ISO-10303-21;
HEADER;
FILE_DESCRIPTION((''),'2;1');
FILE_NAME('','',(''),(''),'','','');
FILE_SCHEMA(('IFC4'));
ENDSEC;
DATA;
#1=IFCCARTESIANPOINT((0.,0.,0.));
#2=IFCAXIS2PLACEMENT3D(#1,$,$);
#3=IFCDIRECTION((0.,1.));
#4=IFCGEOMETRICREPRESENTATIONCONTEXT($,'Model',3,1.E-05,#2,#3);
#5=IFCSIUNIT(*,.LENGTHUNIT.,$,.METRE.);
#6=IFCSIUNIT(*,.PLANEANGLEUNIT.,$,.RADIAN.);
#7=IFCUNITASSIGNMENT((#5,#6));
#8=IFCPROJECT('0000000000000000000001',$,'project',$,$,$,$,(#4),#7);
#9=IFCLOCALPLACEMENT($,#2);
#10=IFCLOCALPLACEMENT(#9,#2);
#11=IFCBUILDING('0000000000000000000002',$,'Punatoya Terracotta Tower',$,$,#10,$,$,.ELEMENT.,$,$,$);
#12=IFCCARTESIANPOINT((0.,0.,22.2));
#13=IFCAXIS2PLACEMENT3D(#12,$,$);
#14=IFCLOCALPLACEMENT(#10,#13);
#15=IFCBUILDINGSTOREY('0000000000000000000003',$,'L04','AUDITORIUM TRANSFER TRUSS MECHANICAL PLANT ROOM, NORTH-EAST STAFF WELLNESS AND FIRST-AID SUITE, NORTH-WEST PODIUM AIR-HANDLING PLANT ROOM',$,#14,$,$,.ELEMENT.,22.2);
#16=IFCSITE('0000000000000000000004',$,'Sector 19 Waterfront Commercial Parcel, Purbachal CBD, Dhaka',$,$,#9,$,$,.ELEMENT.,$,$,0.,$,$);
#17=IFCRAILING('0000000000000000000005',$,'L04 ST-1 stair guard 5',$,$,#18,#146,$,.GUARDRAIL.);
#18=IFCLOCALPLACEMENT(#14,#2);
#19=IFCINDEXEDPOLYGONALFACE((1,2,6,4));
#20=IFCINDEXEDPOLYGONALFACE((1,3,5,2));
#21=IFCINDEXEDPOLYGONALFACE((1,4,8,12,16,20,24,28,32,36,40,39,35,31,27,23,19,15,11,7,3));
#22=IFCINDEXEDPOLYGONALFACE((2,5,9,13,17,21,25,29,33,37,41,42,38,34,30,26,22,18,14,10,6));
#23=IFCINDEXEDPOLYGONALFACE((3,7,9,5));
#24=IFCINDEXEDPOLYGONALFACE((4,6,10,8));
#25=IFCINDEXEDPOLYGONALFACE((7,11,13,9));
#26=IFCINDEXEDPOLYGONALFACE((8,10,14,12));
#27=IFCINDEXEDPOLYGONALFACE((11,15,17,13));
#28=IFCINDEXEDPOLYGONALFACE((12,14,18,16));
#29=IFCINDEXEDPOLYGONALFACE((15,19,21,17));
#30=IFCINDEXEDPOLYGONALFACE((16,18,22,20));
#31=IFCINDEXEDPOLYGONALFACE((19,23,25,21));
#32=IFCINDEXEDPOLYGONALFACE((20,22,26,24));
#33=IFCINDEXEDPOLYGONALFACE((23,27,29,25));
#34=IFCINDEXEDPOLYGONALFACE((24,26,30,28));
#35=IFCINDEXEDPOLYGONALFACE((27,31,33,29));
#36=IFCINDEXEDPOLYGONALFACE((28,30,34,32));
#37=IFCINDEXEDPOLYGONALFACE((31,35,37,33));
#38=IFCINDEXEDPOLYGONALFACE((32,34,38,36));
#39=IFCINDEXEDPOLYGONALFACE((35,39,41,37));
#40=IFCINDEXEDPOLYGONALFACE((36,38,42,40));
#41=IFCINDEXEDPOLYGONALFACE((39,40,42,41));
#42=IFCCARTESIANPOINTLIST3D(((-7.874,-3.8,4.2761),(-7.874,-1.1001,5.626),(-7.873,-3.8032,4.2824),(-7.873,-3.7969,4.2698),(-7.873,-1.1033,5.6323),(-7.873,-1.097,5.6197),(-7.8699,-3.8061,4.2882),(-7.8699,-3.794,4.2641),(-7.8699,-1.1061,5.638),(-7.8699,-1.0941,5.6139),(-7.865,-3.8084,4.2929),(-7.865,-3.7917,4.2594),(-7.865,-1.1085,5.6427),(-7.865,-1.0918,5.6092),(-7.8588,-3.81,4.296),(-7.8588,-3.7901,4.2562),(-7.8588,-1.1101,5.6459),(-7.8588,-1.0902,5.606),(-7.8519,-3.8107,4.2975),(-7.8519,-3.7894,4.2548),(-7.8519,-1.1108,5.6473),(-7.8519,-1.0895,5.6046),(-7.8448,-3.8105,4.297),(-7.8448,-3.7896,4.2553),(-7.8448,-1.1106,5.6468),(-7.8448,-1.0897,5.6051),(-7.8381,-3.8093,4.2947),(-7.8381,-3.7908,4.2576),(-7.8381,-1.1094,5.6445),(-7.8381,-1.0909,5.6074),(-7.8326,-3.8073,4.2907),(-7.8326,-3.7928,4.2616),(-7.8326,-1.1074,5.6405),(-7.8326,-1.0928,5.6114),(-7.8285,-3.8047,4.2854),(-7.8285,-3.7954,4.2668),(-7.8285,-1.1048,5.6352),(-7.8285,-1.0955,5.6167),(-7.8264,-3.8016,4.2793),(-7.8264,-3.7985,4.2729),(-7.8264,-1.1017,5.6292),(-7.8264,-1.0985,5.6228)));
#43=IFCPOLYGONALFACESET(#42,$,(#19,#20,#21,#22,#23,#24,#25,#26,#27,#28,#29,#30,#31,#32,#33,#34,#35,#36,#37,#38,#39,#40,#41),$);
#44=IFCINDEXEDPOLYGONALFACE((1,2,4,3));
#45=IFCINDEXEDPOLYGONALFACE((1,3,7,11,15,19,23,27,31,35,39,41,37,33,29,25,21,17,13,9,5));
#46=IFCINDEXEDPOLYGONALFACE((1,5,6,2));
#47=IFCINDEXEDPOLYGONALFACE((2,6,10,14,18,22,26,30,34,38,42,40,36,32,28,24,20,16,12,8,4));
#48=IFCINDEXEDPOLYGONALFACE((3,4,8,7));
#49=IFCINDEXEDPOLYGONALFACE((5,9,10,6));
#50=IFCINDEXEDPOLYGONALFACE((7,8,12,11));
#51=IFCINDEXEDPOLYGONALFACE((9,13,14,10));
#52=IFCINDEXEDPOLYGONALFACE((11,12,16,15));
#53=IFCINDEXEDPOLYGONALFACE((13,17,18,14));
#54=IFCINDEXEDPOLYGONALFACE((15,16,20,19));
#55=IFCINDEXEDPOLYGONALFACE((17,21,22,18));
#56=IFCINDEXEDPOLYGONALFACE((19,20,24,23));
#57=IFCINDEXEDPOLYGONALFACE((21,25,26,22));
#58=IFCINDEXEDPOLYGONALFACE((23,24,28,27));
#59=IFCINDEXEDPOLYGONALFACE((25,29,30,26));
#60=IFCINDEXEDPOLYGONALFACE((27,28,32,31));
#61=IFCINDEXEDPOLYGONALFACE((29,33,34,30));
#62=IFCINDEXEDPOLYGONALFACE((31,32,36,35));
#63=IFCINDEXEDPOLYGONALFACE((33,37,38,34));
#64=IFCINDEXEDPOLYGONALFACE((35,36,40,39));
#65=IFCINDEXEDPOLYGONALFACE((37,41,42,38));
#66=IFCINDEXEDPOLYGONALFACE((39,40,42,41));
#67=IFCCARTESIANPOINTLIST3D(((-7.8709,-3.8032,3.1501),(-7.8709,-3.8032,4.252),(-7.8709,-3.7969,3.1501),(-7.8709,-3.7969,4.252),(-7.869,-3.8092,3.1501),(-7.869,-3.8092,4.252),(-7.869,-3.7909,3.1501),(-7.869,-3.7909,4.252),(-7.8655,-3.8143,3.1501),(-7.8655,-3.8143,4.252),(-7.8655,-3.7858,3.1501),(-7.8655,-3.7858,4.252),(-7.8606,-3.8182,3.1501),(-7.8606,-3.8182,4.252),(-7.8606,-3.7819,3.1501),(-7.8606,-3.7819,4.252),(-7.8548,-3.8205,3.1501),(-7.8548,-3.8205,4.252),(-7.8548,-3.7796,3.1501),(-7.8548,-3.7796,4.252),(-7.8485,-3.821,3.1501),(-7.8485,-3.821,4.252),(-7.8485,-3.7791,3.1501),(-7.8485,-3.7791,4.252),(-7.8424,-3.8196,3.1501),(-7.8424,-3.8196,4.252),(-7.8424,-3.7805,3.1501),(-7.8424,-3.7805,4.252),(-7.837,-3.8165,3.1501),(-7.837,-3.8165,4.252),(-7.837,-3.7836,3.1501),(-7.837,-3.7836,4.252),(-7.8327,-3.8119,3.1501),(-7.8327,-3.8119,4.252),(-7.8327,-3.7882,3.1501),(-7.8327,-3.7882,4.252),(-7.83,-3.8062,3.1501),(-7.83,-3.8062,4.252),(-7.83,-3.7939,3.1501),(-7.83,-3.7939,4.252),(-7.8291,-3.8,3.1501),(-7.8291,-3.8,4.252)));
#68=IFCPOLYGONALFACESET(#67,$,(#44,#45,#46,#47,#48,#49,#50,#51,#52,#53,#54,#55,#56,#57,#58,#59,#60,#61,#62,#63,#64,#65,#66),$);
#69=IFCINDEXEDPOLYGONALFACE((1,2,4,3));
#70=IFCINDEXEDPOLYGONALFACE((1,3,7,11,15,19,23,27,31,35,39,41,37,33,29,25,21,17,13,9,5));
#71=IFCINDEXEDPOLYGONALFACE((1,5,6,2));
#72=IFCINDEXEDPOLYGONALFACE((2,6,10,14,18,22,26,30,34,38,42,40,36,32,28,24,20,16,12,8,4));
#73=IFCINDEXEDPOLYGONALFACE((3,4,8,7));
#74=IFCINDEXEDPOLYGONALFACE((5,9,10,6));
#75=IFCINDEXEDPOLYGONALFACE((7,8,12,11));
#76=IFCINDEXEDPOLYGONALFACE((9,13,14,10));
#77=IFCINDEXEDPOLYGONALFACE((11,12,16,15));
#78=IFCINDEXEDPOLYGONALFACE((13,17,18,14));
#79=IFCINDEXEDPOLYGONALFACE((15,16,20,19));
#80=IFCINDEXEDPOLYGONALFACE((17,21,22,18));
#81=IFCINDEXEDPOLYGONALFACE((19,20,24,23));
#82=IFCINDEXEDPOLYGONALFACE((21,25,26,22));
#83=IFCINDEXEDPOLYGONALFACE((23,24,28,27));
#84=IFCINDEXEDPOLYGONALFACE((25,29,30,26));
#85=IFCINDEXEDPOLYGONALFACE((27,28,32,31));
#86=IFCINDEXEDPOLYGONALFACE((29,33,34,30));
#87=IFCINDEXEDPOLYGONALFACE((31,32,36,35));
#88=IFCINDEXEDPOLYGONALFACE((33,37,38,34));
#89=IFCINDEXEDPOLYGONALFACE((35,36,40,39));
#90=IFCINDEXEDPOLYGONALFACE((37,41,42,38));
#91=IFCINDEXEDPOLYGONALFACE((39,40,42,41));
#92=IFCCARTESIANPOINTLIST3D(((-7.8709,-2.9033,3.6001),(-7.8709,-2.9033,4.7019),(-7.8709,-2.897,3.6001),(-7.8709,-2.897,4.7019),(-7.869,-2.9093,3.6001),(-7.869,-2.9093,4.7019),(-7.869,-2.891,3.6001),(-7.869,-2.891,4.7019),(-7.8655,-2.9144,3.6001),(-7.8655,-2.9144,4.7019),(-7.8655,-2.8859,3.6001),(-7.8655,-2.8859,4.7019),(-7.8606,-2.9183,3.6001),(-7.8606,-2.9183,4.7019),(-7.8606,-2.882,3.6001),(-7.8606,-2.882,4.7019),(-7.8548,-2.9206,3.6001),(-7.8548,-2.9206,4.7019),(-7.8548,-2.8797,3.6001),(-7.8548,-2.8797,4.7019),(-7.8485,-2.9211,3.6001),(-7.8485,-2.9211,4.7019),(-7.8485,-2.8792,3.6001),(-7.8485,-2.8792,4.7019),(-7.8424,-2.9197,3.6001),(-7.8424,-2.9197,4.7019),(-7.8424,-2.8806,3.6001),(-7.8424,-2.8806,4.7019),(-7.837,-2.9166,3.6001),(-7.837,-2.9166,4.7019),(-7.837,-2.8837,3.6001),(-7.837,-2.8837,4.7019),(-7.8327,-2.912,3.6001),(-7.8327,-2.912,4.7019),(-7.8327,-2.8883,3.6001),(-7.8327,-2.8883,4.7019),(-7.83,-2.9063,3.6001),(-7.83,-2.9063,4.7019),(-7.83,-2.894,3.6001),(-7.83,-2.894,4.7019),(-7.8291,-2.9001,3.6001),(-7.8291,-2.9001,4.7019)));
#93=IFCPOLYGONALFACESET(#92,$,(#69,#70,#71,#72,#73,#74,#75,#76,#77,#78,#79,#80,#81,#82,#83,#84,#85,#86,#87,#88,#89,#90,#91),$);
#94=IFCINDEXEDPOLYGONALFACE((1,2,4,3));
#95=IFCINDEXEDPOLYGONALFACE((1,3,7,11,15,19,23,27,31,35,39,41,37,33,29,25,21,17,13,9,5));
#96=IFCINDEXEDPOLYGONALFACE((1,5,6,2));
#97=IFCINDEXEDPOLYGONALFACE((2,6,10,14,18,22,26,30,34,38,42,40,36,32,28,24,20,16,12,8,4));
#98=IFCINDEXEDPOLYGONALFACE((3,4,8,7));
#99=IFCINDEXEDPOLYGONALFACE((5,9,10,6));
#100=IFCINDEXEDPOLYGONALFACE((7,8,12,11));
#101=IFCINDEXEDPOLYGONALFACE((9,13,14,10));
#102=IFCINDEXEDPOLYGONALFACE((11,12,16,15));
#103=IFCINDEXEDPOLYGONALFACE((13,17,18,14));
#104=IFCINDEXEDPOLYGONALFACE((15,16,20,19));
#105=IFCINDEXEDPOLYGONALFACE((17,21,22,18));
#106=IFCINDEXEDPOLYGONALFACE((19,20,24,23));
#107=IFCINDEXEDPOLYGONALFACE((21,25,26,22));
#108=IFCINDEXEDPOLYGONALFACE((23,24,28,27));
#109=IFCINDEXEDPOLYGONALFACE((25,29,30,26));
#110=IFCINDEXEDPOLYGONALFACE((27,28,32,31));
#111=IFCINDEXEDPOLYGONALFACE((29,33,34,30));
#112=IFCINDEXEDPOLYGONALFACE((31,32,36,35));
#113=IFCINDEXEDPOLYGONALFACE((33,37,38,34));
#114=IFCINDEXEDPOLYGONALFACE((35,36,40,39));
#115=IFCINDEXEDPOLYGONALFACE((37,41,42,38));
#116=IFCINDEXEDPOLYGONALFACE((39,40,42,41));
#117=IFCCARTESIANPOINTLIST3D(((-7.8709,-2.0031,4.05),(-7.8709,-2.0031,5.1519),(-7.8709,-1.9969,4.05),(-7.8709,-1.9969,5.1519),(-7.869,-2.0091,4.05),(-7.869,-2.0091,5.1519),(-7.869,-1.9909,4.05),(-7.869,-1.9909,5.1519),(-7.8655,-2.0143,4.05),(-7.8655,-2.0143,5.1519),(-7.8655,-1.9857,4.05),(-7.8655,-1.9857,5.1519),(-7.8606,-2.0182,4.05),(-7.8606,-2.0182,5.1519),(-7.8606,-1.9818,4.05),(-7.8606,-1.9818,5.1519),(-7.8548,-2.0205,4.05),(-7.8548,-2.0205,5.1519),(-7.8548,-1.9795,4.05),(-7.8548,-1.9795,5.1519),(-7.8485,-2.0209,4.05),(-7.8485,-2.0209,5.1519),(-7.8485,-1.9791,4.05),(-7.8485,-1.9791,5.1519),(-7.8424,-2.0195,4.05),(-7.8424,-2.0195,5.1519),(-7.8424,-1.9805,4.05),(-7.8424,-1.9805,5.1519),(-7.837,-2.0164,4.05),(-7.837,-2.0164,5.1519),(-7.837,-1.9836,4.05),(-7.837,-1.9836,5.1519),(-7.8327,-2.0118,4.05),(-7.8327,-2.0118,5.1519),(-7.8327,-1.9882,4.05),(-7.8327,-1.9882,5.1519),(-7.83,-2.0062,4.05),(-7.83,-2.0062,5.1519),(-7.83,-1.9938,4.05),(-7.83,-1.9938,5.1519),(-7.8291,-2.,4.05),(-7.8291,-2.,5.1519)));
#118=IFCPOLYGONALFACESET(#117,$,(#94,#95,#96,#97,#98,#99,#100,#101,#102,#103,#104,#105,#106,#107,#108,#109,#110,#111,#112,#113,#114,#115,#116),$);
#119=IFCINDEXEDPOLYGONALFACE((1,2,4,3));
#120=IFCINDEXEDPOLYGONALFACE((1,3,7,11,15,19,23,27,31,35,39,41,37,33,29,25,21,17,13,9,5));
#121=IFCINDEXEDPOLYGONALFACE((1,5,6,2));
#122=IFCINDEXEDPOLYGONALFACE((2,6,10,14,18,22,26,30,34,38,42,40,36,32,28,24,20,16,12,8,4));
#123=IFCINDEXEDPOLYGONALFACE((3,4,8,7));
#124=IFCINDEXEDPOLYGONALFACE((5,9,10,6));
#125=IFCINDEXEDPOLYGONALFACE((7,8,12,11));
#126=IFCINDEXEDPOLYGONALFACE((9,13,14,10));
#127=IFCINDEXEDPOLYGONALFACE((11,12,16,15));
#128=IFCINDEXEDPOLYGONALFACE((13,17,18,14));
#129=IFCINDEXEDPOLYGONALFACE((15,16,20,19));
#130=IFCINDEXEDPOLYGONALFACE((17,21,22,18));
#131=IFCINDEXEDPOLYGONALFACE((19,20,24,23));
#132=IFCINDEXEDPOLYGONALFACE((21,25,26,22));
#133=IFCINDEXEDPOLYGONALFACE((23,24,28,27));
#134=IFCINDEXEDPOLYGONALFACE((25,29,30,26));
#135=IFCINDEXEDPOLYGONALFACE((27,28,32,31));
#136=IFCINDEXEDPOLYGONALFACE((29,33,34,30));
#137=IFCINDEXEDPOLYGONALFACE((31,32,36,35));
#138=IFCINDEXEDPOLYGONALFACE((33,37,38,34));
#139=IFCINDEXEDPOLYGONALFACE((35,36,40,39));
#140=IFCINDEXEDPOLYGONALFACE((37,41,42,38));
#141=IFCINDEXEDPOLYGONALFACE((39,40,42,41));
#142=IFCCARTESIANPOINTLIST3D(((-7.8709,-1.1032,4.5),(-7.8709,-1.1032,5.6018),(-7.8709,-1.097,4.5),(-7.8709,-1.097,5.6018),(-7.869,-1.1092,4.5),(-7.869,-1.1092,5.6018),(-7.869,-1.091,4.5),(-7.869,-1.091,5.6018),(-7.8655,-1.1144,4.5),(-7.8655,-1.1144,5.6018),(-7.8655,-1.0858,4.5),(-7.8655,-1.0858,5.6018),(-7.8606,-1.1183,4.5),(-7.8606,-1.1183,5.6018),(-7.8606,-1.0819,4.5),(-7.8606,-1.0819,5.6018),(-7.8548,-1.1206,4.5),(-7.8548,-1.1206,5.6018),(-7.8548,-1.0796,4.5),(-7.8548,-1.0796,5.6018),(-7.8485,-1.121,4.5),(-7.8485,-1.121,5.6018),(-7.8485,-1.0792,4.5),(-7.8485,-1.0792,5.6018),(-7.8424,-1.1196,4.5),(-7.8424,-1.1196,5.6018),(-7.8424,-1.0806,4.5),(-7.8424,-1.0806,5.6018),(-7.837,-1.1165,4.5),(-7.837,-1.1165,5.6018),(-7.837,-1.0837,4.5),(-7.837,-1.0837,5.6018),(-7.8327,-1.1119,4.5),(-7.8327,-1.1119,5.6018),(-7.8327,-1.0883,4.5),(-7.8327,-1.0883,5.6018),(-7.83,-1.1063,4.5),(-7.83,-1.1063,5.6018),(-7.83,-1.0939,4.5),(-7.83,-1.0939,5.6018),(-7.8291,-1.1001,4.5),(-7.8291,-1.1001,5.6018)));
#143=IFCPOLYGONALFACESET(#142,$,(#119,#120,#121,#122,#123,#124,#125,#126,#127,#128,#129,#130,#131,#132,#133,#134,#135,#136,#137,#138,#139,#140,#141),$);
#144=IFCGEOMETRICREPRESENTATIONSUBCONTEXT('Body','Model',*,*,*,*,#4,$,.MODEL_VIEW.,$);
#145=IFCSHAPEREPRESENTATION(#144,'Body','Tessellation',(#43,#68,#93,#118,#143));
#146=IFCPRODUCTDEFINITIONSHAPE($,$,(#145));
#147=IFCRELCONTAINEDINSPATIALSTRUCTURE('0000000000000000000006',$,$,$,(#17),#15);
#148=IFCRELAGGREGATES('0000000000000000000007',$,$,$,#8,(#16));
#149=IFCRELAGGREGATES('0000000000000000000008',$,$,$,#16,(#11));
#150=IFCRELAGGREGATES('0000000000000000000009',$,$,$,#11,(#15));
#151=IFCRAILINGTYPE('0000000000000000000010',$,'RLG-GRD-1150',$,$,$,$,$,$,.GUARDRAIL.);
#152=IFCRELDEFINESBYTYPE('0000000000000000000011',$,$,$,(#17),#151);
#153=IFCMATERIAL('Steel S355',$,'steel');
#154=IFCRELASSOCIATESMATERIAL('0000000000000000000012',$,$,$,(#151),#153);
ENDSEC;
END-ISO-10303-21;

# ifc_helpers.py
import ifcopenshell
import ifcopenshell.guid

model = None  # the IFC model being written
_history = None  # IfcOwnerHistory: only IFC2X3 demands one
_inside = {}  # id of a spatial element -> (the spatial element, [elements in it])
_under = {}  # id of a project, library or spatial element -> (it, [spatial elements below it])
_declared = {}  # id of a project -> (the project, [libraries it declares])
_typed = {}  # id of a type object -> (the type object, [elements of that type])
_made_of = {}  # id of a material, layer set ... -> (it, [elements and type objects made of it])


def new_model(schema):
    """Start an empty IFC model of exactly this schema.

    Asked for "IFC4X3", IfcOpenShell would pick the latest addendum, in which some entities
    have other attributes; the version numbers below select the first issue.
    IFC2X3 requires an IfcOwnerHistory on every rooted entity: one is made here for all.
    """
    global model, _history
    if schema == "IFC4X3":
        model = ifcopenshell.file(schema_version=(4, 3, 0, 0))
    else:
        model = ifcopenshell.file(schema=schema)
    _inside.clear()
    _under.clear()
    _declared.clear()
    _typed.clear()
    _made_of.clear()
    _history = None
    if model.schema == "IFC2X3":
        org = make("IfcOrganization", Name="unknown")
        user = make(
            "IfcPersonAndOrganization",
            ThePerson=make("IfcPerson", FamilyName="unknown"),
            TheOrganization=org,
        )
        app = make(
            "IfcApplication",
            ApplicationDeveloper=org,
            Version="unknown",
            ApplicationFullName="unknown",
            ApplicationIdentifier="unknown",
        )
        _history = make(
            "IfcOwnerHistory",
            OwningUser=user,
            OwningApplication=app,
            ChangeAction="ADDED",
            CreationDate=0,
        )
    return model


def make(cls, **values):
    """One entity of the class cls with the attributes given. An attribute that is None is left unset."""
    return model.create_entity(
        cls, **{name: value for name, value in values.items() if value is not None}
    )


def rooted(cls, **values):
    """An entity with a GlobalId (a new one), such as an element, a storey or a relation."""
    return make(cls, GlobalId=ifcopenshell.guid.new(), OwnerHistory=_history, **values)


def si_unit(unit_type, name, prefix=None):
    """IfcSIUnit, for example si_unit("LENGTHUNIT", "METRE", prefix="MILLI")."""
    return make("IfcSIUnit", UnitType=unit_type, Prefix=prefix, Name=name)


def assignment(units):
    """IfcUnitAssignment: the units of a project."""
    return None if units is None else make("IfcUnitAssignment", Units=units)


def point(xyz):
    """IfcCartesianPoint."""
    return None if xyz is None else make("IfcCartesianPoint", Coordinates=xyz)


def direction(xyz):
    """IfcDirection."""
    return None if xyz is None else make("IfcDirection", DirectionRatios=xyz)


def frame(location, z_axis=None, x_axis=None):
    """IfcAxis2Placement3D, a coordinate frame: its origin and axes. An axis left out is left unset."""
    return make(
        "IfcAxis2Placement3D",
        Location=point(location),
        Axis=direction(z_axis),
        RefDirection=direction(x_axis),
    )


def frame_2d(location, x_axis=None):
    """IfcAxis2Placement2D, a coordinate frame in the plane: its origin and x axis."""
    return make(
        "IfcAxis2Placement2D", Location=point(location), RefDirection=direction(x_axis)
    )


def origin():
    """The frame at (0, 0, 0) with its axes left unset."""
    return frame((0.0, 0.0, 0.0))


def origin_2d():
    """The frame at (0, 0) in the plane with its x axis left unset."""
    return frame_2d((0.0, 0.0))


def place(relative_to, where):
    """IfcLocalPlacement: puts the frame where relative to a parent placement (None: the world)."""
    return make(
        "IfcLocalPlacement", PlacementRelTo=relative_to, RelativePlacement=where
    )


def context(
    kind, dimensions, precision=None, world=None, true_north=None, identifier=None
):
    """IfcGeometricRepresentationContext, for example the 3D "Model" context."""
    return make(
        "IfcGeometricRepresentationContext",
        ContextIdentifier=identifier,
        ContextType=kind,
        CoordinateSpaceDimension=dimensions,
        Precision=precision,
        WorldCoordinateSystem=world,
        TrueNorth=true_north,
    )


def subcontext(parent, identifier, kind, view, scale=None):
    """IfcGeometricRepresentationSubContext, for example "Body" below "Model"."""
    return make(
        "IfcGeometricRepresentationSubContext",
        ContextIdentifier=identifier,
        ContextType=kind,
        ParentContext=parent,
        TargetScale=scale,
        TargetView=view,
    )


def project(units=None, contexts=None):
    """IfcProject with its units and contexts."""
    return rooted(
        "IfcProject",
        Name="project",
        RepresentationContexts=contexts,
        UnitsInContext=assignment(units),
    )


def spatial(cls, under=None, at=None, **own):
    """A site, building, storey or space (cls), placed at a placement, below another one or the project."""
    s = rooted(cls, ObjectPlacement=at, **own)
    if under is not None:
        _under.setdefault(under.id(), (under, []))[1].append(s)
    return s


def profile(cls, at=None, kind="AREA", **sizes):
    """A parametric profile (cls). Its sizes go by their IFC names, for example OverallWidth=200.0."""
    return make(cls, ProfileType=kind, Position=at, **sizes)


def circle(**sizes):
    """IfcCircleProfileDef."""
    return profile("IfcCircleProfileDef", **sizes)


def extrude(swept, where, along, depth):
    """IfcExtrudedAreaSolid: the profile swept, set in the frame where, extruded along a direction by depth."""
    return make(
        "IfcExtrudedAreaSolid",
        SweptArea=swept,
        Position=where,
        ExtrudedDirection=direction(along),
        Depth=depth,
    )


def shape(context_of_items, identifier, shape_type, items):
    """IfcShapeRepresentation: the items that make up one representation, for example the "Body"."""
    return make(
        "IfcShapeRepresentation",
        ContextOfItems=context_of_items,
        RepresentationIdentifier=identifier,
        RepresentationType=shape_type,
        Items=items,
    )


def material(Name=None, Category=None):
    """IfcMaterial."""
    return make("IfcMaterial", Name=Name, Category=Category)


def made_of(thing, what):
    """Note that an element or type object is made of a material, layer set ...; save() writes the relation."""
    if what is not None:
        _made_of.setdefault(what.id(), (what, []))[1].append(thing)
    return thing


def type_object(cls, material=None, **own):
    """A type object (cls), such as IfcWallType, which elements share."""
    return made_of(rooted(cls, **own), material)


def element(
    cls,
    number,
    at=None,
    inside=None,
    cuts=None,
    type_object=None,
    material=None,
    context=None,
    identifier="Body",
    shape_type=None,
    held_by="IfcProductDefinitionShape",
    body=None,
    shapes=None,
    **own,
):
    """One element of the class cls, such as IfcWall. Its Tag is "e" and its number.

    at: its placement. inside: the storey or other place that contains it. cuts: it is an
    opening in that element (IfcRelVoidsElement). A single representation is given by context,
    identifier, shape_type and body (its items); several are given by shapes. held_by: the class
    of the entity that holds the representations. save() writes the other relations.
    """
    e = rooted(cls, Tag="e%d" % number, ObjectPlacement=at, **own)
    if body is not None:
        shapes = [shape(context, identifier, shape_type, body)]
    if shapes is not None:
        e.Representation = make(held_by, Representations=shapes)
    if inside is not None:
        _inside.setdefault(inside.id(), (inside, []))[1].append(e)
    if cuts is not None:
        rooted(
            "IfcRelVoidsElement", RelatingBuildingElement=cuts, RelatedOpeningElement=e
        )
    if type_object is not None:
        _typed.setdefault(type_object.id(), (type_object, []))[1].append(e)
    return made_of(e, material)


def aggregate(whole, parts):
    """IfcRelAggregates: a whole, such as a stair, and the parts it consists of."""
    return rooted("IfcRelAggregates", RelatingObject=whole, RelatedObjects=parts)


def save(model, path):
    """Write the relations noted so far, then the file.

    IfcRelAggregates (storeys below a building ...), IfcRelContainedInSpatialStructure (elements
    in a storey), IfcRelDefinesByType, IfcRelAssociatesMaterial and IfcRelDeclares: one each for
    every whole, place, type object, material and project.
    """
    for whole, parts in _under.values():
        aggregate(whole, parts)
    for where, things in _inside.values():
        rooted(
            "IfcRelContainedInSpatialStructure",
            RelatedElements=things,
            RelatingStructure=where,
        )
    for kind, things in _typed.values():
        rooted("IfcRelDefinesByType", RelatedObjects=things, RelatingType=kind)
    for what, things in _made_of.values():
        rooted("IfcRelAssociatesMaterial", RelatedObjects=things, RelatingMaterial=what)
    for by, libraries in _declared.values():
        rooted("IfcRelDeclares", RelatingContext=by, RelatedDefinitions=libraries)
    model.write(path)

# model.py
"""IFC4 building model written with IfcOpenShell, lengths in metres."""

from ifc_helpers import new_model, si_unit, direction, frame, origin, origin_2d, place, context, subcontext, project, spatial, circle, extrude, material, type_object, element, save


model = new_model("IFC4")

# Units and contexts
model_context = context("Model", 3, precision=1e-05, world=origin(), true_north=direction((0.0, 1.0)))
body_context = subcontext(model_context, "Body", "Model", "MODEL_VIEW")
ifc_project = project(units=[si_unit("LENGTHUNIT", "METRE"), si_unit("PLANEANGLEUNIT", "RADIAN")], contexts=[model_context])

# Site, building, storey
site_placement = place(None, origin())
site = spatial("IfcSite", under=ifc_project, at=site_placement, Name="Sector 19 Waterfront Commercial Parcel, Purbachal CBD, Dhaka", CompositionType="ELEMENT", RefElevation=0.0)
building_placement = place(site_placement, origin())
building = spatial("IfcBuilding", under=site, at=building_placement, Name="Punatoya Terracotta Tower", CompositionType="ELEMENT")
storey_placement = place(building_placement, frame((0.0, 0.0, 22.2)))
storey = spatial("IfcBuildingStorey", under=building, at=storey_placement, Name="L04", Description="AUDITORIUM TRANSFER TRUSS MECHANICAL PLANT ROOM, NORTH-EAST STAFF WELLNESS AND FIRST-AID SUITE, NORTH-WEST PODIUM AIR-HANDLING PLANT ROOM", CompositionType="ELEMENT", Elevation=22.2)

# Railing
ifc_material_1 = material(Name="Steel S355", Category="steel")
railing_type_1 = type_object("IfcRailingType", Name="RLG-GRD-1150", PredefinedType="GUARDRAIL", material=ifc_material_1)
railing_1_placement = place(storey_placement, frame((-7.8501, -3.8, 3.1501)))
element("IfcRailing", 1, at=railing_1_placement, inside=storey, type_object=railing_type_1, Name="L04 ST-1 stair guard 5", PredefinedType="GUARDRAIL", context=body_context, shape_type="SweptSolid", body=[
    extrude(circle(Radius=0.0239, at=origin_2d()), frame((0.0, 0.0, 1.126), z_axis=(0.0, 0.894443, 0.447181), x_axis=(-1.0, 0.0, 0.0)), (0.0, 0.0, 1.0), 3.0186),
    extrude(circle(Radius=0.021, at=origin_2d()), origin(), (0.0, 0.0, 1.0), 1.1018),
    extrude(circle(Radius=0.021, at=origin_2d()), frame((0.0, 0.8999, 0.45)), (0.0, 0.0, 1.0), 1.1018),
    extrude(circle(Radius=0.021, at=origin_2d()), frame((0.0, 1.8, 0.8999)), (0.0, 0.0, 1.0), 1.1018),
    extrude(circle(Radius=0.021, at=origin_2d()), frame((0.0, 2.7, 1.3499)), (0.0, 0.0, 1.0), 1.1018),
])

save(model, "model.ifc")
